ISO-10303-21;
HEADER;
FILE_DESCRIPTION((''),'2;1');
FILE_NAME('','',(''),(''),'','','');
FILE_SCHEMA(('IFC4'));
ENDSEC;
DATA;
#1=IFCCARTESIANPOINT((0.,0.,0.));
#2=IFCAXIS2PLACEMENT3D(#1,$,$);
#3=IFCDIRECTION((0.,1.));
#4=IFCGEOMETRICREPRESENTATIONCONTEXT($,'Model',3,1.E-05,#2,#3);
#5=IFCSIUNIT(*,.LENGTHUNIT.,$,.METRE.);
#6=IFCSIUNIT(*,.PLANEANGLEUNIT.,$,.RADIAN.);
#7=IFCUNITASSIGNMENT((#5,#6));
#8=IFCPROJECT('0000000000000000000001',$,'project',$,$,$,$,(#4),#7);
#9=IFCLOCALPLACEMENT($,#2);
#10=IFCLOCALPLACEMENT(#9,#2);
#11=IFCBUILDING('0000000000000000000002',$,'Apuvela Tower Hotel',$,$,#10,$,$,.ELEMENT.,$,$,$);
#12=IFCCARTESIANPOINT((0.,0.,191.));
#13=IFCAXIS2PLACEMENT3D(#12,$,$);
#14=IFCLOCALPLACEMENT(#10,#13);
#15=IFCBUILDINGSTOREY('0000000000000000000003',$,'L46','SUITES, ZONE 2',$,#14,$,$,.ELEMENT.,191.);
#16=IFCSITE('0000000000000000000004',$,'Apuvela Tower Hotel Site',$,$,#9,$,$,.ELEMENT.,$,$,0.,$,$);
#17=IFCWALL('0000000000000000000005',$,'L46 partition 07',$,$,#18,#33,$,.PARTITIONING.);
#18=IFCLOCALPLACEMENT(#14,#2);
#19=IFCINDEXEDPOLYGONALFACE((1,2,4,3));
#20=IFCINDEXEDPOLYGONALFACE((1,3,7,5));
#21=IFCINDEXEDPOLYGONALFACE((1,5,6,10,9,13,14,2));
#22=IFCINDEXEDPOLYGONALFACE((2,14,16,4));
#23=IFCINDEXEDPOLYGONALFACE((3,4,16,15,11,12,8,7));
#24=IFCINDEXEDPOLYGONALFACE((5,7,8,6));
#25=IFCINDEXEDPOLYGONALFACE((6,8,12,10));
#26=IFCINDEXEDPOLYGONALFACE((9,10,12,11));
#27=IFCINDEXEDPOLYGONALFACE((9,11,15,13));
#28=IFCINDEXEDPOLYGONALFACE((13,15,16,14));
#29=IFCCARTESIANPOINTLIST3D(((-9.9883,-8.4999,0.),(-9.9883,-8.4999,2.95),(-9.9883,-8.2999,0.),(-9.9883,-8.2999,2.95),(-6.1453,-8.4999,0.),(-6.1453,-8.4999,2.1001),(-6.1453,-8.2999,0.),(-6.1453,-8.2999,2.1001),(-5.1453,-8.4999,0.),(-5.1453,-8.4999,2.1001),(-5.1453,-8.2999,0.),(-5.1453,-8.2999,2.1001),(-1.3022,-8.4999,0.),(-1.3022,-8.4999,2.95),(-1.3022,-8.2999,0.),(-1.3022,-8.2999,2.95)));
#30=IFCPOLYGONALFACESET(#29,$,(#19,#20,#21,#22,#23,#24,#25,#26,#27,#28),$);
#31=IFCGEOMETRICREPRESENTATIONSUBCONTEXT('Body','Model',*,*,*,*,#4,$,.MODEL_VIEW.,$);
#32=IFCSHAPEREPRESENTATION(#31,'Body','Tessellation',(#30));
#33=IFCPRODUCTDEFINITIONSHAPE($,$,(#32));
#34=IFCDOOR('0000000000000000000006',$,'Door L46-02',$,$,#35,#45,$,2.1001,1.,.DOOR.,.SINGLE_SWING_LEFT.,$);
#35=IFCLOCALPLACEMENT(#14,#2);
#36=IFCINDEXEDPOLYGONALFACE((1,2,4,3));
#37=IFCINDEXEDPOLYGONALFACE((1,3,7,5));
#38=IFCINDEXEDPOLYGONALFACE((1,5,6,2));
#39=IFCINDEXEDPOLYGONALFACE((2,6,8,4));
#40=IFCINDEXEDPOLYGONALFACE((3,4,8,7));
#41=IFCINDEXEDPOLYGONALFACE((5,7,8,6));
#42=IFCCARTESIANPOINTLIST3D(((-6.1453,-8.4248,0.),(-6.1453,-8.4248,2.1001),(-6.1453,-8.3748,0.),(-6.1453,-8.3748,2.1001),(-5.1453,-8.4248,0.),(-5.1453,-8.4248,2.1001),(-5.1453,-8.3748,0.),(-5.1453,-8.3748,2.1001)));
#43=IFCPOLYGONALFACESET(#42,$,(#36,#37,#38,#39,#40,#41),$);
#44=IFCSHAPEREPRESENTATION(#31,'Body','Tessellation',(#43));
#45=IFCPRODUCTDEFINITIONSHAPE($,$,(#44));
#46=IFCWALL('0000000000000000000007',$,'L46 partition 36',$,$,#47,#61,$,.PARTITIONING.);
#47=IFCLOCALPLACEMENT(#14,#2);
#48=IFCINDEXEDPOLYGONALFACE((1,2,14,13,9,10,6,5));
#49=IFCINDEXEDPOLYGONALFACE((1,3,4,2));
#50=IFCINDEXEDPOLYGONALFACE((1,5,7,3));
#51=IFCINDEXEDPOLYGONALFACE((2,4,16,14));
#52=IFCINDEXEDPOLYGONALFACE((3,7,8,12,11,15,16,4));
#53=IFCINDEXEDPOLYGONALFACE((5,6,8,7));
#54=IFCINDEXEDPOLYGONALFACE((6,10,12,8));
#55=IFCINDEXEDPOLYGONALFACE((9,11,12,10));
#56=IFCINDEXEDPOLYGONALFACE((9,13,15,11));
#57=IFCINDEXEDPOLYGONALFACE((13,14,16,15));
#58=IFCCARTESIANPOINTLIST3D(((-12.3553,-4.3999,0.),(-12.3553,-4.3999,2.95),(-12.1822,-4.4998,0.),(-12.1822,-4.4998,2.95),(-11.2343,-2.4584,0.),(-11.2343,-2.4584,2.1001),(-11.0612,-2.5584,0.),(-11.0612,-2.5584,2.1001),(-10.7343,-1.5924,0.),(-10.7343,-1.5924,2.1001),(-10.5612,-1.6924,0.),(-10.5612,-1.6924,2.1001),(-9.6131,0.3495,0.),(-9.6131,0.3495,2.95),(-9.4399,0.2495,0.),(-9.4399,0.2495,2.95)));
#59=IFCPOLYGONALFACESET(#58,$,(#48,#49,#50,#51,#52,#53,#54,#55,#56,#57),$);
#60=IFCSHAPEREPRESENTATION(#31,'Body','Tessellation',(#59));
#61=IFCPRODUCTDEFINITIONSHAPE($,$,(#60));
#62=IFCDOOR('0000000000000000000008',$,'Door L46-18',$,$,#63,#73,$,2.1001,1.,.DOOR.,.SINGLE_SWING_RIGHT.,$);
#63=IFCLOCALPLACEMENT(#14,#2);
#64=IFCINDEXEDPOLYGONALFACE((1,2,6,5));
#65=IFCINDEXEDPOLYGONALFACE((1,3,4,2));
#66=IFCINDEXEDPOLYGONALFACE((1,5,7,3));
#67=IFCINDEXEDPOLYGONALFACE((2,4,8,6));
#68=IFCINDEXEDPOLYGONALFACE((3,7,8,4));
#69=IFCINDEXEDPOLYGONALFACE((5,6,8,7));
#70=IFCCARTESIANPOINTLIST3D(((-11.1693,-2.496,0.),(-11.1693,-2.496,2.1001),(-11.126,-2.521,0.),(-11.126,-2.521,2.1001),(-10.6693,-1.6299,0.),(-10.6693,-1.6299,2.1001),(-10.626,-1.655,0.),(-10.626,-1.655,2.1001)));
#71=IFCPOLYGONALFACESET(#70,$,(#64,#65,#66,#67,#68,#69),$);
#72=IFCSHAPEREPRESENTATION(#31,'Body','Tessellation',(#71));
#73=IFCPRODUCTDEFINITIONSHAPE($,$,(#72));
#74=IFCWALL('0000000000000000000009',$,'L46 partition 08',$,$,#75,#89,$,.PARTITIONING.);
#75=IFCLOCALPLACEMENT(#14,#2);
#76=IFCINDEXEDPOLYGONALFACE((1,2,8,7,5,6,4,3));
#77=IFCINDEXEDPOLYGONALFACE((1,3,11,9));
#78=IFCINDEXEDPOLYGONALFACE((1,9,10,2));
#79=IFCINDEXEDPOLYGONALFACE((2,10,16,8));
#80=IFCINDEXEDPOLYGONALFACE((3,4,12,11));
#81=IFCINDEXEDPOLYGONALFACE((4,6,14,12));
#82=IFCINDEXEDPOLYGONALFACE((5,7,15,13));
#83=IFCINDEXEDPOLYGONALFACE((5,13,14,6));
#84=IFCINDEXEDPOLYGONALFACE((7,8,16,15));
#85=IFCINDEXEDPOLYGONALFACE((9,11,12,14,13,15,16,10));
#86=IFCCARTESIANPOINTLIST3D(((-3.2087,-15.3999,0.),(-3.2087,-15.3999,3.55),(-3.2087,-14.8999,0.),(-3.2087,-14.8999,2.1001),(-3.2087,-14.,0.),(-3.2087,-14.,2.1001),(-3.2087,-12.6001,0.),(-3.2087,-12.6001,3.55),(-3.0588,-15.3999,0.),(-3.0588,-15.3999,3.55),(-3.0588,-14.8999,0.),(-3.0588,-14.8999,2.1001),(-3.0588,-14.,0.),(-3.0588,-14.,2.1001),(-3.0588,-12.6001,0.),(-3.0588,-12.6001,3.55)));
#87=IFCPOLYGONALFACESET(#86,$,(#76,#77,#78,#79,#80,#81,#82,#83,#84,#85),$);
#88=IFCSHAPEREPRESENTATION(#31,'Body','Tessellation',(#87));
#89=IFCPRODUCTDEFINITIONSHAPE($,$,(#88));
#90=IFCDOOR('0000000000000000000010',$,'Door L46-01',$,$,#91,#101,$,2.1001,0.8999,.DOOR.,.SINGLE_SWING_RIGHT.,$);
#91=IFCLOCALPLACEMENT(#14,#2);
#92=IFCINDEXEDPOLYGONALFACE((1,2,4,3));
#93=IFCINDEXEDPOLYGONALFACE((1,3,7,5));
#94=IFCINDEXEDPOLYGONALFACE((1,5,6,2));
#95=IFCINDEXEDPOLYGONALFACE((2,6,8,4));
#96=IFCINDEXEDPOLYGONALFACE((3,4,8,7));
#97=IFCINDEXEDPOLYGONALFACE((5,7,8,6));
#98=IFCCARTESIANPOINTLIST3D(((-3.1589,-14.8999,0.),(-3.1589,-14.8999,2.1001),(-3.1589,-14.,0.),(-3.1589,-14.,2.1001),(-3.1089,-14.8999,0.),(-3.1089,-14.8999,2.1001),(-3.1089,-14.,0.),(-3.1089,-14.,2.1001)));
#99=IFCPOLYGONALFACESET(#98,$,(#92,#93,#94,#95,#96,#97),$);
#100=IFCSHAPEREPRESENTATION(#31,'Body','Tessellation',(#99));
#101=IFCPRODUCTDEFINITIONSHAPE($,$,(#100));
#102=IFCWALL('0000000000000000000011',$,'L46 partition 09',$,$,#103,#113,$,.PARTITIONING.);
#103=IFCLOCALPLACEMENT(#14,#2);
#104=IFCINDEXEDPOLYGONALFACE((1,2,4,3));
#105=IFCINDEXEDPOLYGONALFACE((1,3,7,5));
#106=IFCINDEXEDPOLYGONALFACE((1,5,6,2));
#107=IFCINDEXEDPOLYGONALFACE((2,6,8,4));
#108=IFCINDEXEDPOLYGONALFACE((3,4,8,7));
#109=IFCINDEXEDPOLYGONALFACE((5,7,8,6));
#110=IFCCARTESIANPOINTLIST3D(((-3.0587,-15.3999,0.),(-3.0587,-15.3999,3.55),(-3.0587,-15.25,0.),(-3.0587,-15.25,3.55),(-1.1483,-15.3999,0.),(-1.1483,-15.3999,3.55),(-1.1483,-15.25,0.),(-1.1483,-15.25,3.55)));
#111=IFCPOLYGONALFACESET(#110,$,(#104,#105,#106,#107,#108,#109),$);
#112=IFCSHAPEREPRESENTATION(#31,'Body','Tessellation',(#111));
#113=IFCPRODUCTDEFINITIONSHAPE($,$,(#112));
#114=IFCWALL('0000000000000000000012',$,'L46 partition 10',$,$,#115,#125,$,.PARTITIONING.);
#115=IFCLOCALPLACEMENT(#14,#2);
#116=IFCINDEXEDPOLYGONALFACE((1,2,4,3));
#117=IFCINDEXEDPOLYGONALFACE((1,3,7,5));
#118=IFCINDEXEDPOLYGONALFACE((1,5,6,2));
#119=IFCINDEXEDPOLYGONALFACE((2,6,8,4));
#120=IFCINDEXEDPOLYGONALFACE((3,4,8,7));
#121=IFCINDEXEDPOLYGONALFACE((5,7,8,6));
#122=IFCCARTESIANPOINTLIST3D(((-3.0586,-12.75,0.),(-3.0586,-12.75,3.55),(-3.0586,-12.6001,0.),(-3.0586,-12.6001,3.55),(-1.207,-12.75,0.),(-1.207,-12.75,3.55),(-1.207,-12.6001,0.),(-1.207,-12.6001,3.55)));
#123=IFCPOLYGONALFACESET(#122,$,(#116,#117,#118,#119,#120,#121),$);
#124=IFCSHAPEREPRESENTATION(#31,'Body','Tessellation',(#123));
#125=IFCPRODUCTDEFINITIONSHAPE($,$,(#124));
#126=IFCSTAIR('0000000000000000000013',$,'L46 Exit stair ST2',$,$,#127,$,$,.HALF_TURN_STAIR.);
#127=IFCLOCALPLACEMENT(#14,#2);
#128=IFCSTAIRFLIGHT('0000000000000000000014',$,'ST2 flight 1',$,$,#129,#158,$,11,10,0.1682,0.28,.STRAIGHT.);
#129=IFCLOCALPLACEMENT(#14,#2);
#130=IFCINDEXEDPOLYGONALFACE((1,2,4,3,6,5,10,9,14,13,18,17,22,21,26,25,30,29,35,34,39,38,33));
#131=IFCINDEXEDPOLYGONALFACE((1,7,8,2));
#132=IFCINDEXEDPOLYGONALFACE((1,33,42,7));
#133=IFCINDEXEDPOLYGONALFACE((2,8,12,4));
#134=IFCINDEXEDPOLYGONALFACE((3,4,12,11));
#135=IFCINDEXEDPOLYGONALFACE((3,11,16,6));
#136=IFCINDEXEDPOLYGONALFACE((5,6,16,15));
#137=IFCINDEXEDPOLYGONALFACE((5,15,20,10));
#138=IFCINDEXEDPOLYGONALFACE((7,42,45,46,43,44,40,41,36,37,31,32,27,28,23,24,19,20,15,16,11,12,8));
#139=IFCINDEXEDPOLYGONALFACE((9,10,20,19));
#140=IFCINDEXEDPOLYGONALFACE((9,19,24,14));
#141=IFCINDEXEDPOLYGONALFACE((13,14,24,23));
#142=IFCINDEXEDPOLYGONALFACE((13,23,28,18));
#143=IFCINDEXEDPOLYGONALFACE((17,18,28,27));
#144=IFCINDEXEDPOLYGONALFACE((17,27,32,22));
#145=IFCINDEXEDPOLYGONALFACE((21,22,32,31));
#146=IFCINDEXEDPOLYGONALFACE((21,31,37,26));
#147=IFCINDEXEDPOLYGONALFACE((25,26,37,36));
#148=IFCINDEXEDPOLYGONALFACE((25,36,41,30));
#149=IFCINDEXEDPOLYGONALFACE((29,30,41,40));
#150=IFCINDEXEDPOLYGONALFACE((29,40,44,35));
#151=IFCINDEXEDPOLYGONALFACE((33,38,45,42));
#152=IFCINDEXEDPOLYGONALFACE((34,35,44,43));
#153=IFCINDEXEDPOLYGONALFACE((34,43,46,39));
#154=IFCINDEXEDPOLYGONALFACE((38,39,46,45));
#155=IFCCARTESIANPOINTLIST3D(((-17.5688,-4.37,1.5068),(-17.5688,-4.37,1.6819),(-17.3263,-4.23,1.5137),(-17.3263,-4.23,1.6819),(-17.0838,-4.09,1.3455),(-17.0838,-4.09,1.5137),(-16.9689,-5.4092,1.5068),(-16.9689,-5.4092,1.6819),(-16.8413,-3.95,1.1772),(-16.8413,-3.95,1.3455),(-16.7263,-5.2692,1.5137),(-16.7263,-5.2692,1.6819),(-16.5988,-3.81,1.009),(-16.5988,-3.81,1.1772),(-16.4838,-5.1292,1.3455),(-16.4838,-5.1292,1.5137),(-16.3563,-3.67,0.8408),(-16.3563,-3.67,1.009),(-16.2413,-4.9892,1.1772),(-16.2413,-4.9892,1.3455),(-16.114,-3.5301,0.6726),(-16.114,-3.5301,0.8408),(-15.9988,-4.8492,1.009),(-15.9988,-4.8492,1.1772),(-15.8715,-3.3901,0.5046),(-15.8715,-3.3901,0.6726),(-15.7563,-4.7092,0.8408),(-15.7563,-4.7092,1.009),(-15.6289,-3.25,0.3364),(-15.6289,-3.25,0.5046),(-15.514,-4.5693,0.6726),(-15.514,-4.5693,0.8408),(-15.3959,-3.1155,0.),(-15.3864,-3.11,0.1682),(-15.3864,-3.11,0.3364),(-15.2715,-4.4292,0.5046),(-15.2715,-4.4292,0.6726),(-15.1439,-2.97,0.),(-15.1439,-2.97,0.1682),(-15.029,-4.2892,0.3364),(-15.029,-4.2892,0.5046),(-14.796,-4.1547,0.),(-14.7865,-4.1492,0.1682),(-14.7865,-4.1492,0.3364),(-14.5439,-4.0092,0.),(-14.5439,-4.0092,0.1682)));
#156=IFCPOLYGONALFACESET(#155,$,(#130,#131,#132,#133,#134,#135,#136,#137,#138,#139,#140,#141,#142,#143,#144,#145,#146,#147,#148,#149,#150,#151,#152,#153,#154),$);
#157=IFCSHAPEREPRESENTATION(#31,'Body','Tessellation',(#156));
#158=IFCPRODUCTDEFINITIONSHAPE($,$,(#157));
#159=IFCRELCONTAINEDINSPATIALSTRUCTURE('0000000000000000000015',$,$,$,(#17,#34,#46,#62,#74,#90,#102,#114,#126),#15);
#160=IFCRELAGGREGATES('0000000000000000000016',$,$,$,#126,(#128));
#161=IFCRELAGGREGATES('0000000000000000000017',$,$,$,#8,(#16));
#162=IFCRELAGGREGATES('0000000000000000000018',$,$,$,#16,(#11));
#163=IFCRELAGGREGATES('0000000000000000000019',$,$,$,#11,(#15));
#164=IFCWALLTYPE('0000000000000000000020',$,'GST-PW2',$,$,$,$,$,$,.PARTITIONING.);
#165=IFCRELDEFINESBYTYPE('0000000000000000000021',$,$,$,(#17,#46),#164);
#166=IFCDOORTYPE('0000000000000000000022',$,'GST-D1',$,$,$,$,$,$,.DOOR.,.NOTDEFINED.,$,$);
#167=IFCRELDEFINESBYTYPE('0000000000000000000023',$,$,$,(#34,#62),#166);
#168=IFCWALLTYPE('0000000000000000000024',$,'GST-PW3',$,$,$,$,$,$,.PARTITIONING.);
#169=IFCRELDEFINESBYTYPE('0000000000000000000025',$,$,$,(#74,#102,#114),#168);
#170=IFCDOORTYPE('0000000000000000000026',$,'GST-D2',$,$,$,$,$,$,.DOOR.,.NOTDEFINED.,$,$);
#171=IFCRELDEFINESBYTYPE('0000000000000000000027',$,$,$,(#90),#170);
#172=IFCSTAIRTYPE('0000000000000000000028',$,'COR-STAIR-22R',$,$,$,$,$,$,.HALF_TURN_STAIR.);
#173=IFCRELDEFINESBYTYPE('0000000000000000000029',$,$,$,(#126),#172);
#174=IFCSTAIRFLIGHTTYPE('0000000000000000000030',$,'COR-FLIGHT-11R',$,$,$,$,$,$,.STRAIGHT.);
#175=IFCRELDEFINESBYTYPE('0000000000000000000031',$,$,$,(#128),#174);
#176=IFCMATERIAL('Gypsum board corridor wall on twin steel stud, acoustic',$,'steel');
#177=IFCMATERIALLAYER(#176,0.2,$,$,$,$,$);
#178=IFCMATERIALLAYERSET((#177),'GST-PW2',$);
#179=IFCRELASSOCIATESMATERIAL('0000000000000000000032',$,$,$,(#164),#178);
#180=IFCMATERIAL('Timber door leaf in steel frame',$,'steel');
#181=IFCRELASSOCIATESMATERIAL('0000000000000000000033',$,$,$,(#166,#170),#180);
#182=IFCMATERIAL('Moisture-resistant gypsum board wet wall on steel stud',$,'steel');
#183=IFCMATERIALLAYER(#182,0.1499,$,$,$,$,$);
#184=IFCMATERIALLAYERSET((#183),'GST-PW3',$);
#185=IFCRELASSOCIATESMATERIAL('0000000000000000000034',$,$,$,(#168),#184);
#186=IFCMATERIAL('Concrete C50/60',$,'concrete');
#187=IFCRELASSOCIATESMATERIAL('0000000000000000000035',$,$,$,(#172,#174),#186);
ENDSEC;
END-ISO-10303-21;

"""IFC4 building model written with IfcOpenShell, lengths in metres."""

from ifc_helpers import new_model, si_unit, direction, frame, frame_2d, origin, place, context, subcontext, project, spatial, polyline, rectangle, outline, extrude, material, layer, layer_set, type_object, element, fill, aggregate, save


model = new_model("IFC4")

# Units and contexts
model_context = context("Model", 3, precision=1e-05, world=origin(), true_north=direction((0.0, 1.0)))
body_context = subcontext(model_context, "Body", "Model", "MODEL_VIEW")
ifc_project = project(units=[si_unit("LENGTHUNIT", "METRE"), si_unit("PLANEANGLEUNIT", "RADIAN")], contexts=[model_context])

# Site, building, storey
site_placement = place(None, origin())
site = spatial("IfcSite", under=ifc_project, at=site_placement, Name="Apuvela Tower Hotel Site", CompositionType="ELEMENT", RefElevation=0.0)
building_placement = place(site_placement, origin())
building = spatial("IfcBuilding", under=site, at=building_placement, Name="Apuvela Tower Hotel", CompositionType="ELEMENT")
storey_placement = place(building_placement, frame((0.0, 0.0, 191.0)))
storey = spatial("IfcBuildingStorey", under=building, at=storey_placement, Name="L46", Description="SUITES, ZONE 2", CompositionType="ELEMENT", Elevation=191.0)

# Shared definitions
ifc_material_1 = material(Name="Concrete C50/60", Category="concrete")

# Walls, openings, doors
ifc_material_2 = material(Name="Gypsum board corridor wall on twin steel stud, acoustic", Category="steel")
ifc_layer_1 = layer(ifc_material_2, 0.2)
ifc_layer_set_1 = layer_set([ifc_layer_1], Name="GST-PW2")
wall_type_1 = type_object("IfcWallType", Name="GST-PW2", PredefinedType="PARTITIONING", material=ifc_layer_set_1)
wall_1_placement = place(storey_placement, frame((-1.3022, -8.3999, 0.0), z_axis=(0.0, 0.0, 1.0), x_axis=(-1.0, 0.0, 0.0)))
wall_1 = element("IfcWall", 1, at=wall_1_placement, inside=storey, type_object=wall_type_1, Name="L46 partition 07", PredefinedType="PARTITIONING", context=body_context, shape_type="SweptSolid", body=[
    extrude(rectangle(XDim=8.686, YDim=0.2, at=frame_2d((4.343, 0.0))), origin(), (0.0, 0.0, 1.0), 2.95),
])
opening_1_placement = place(wall_1_placement, frame((3.843, 0.0, 0.0)))
opening_1 = element("IfcOpeningElement", 2, at=opening_1_placement, cuts=wall_1, PredefinedType="OPENING", context=body_context, shape_type="SweptSolid", body=[
    extrude(rectangle(XDim=1.0, YDim=2.1001, at=frame_2d((0.5, 1.05))), frame((0.0, 0.1099, 0.0), z_axis=(0.0, -1.0, 0.0), x_axis=(1.0, 0.0, 0.0)), (0.0, 0.0, 1.0), 0.22),
])
ifc_material_3 = material(Name="Timber door leaf in steel frame", Category="steel")
door_type_1 = type_object("IfcDoorType", Name="GST-D1", OperationType="NOTDEFINED", PredefinedType="DOOR", material=ifc_material_3)
door_1_placement = place(opening_1_placement, origin())
door_1 = element("IfcDoor", 3, at=door_1_placement, inside=storey, type_object=door_type_1, Name="Door L46-02", OperationType="SINGLE_SWING_LEFT", OverallHeight=2.1001, OverallWidth=1.0, PredefinedType="DOOR", context=body_context, shape_type="SweptSolid", body=[
    extrude(rectangle(XDim=1.0, YDim=2.1001, at=frame_2d((0.5, 1.05))), frame((0.0, 0.0249, 0.0), z_axis=(0.0, -1.0, 0.0), x_axis=(1.0, 0.0, 0.0)), (0.0, 0.0, 1.0), 0.05),
])
fill(opening_1, door_1)
wall_2_placement = place(storey_placement, frame((-12.2688, -4.45, 0.0), z_axis=(0.0, 0.0, 1.0), x_axis=(0.500027, 0.86601, 0.0)))
wall_2 = element("IfcWall", 4, at=wall_2_placement, inside=storey, type_object=wall_type_1, Name="L46 partition 36", PredefinedType="PARTITIONING", context=body_context, shape_type="SweptSolid", body=[
    extrude(rectangle(XDim=5.4841, YDim=0.2, at=frame_2d((2.7422, 0.0))), origin(), (0.0, 0.0, 1.0), 2.95),
])
opening_2_placement = place(wall_2_placement, frame((2.2419, 0.0, 0.0)))
opening_2 = element("IfcOpeningElement", 5, at=opening_2_placement, cuts=wall_2, PredefinedType="OPENING", context=body_context, shape_type="SweptSolid", body=[
    extrude(rectangle(XDim=1.0, YDim=2.1001, at=frame_2d((0.5, 1.05))), frame((0.0, 0.1099, 0.0), z_axis=(0.0, -1.0, 0.0), x_axis=(1.0, 0.0, 0.0)), (0.0, 0.0, 1.0), 0.22),
])
door_2_placement = place(opening_2_placement, origin())
door_2 = element("IfcDoor", 6, at=door_2_placement, inside=storey, type_object=door_type_1, Name="Door L46-18", OperationType="SINGLE_SWING_RIGHT", OverallHeight=2.1001, OverallWidth=1.0, PredefinedType="DOOR", context=body_context, shape_type="SweptSolid", body=[
    extrude(rectangle(XDim=1.0, YDim=2.1001, at=frame_2d((0.5, 1.05))), frame((0.0, 0.0249, 0.0), z_axis=(0.0, -1.0, 0.0), x_axis=(1.0, 0.0, 0.0)), (0.0, 0.0, 1.0), 0.05),
])
fill(opening_2, door_2)
ifc_material_4 = material(Name="Moisture-resistant gypsum board wet wall on steel stud", Category="steel")
ifc_layer_2 = layer(ifc_material_4, 0.1499)
ifc_layer_set_2 = layer_set([ifc_layer_2], Name="GST-PW3")
wall_type_2 = type_object("IfcWallType", Name="GST-PW3", PredefinedType="PARTITIONING", material=ifc_layer_set_2)
wall_3_placement = place(storey_placement, frame((-3.1338, -12.6001, 0.0), z_axis=(0.0, 0.0, 1.0), x_axis=(0.0, -1.0, 0.0)))
wall_3 = element("IfcWall", 7, at=wall_3_placement, inside=storey, type_object=wall_type_2, Name="L46 partition 08", PredefinedType="PARTITIONING", context=body_context, shape_type="SweptSolid", body=[
    extrude(rectangle(XDim=2.7998, YDim=0.1499, at=frame_2d((1.3999, 0.0))), origin(), (0.0, 0.0, 1.0), 3.55),
])
opening_3_placement = place(wall_3_placement, frame((1.3999, 0.0, 0.0)))
opening_3 = element("IfcOpeningElement", 8, at=opening_3_placement, cuts=wall_3, PredefinedType="OPENING", context=body_context, shape_type="SweptSolid", body=[
    extrude(rectangle(XDim=0.8999, YDim=2.1001, at=frame_2d((0.45, 1.05))), frame((0.0, 0.085, 0.0), z_axis=(0.0, -1.0, 0.0), x_axis=(1.0, 0.0, 0.0)), (0.0, 0.0, 1.0), 0.1699),
])
door_type_2 = type_object("IfcDoorType", Name="GST-D2", OperationType="NOTDEFINED", PredefinedType="DOOR", material=ifc_material_3)
door_3_placement = place(opening_3_placement, origin())
door_3 = element("IfcDoor", 9, at=door_3_placement, inside=storey, type_object=door_type_2, Name="Door L46-01", OperationType="SINGLE_SWING_RIGHT", OverallHeight=2.1001, OverallWidth=0.8999, PredefinedType="DOOR", context=body_context, shape_type="SweptSolid", body=[
    extrude(rectangle(XDim=0.8999, YDim=2.1001, at=frame_2d((0.45, 1.05))), frame((0.0, 0.0249, 0.0), z_axis=(0.0, -1.0, 0.0), x_axis=(1.0, 0.0, 0.0)), (0.0, 0.0, 1.0), 0.05),
])
fill(opening_3, door_3)

# Walls
wall_4_placement = place(storey_placement, frame((-3.0586, -15.325, 0.0), z_axis=(0.0, 0.0, 1.0), x_axis=(1.0, 0.0, 0.0)))
element("IfcWall", 10, at=wall_4_placement, inside=storey, type_object=wall_type_2, Name="L46 partition 09", PredefinedType="PARTITIONING", context=body_context, shape_type="SweptSolid", body=[
    extrude(rectangle(XDim=1.9104, YDim=0.1499, at=frame_2d((0.9551, 0.0))), origin(), (0.0, 0.0, 1.0), 3.55),
])
wall_5_placement = place(storey_placement, frame((-3.0586, -12.675, 0.0), z_axis=(0.0, 0.0, 1.0), x_axis=(1.0, 0.0, 0.0)))
element("IfcWall", 11, at=wall_5_placement, inside=storey, type_object=wall_type_2, Name="L46 partition 10", PredefinedType="PARTITIONING", context=body_context, shape_type="SweptSolid", body=[
    extrude(rectangle(XDim=1.8516, YDim=0.1499, at=frame_2d((0.9258, 0.0))), origin(), (0.0, 0.0, 1.0), 3.55),
])

# Stair, stair flight
stair_type = type_object("IfcStairType", Name="COR-STAIR-22R", PredefinedType="HALF_TURN_STAIR", material=ifc_material_1)
stair_placement = place(storey_placement, origin())
stair = element("IfcStair", 12, at=stair_placement, inside=storey, type_object=stair_type, Name="L46 Exit stair ST2", PredefinedType="HALF_TURN_STAIR")
stair_flight_type = type_object("IfcStairFlightType", Name="COR-FLIGHT-11R", PredefinedType="STRAIGHT", material=ifc_material_1)
stair_flight_placement = place(storey_placement, frame((-14.844, -3.4895, 0.0), z_axis=(0.0, 0.0, 1.0), x_axis=(-0.866025, -0.5, 0.0)))
stair_flight = element("IfcStairFlight", 13, at=stair_flight_placement, type_object=stair_flight_type, Name="ST2 flight 1", NumberOfRisers=11, NumberOfTreads=10, PredefinedType="STRAIGHT", RiserHeight=0.1682, TreadLength=0.28, context=body_context, shape_type="SweptSolid", body=[
    extrude(outline(polyline([(0.0, 0.0), (0.0, 0.1682), (0.28, 0.1682), (0.28, 0.3364), (0.5601, 0.3364), (0.5601, 0.5046), (0.8401, 0.5046), (0.8401, 0.6726), (1.1201, 0.6726), (1.1201, 0.8408), (1.3999, 0.8408), (1.3999, 1.009), (1.6799, 1.009), (1.6799, 1.1772), (1.96, 1.1772), (1.96, 1.3455), (2.24, 1.3455), (2.24, 1.5137), (2.52, 1.5137), (2.52, 1.6819), (2.8, 1.6819), (2.8, 1.8501), (2.8, 1.5068), (0.291, 0.0), (0.0, 0.0)])), frame((0.0, 0.6001, 0.0), z_axis=(0.0, -1.0, 0.0), x_axis=(1.0, 0.0, 0.0)), (0.0, 0.0, 1.0), 1.2),
])
aggregate(stair, [stair_flight])

save(model, "model.ifc")
